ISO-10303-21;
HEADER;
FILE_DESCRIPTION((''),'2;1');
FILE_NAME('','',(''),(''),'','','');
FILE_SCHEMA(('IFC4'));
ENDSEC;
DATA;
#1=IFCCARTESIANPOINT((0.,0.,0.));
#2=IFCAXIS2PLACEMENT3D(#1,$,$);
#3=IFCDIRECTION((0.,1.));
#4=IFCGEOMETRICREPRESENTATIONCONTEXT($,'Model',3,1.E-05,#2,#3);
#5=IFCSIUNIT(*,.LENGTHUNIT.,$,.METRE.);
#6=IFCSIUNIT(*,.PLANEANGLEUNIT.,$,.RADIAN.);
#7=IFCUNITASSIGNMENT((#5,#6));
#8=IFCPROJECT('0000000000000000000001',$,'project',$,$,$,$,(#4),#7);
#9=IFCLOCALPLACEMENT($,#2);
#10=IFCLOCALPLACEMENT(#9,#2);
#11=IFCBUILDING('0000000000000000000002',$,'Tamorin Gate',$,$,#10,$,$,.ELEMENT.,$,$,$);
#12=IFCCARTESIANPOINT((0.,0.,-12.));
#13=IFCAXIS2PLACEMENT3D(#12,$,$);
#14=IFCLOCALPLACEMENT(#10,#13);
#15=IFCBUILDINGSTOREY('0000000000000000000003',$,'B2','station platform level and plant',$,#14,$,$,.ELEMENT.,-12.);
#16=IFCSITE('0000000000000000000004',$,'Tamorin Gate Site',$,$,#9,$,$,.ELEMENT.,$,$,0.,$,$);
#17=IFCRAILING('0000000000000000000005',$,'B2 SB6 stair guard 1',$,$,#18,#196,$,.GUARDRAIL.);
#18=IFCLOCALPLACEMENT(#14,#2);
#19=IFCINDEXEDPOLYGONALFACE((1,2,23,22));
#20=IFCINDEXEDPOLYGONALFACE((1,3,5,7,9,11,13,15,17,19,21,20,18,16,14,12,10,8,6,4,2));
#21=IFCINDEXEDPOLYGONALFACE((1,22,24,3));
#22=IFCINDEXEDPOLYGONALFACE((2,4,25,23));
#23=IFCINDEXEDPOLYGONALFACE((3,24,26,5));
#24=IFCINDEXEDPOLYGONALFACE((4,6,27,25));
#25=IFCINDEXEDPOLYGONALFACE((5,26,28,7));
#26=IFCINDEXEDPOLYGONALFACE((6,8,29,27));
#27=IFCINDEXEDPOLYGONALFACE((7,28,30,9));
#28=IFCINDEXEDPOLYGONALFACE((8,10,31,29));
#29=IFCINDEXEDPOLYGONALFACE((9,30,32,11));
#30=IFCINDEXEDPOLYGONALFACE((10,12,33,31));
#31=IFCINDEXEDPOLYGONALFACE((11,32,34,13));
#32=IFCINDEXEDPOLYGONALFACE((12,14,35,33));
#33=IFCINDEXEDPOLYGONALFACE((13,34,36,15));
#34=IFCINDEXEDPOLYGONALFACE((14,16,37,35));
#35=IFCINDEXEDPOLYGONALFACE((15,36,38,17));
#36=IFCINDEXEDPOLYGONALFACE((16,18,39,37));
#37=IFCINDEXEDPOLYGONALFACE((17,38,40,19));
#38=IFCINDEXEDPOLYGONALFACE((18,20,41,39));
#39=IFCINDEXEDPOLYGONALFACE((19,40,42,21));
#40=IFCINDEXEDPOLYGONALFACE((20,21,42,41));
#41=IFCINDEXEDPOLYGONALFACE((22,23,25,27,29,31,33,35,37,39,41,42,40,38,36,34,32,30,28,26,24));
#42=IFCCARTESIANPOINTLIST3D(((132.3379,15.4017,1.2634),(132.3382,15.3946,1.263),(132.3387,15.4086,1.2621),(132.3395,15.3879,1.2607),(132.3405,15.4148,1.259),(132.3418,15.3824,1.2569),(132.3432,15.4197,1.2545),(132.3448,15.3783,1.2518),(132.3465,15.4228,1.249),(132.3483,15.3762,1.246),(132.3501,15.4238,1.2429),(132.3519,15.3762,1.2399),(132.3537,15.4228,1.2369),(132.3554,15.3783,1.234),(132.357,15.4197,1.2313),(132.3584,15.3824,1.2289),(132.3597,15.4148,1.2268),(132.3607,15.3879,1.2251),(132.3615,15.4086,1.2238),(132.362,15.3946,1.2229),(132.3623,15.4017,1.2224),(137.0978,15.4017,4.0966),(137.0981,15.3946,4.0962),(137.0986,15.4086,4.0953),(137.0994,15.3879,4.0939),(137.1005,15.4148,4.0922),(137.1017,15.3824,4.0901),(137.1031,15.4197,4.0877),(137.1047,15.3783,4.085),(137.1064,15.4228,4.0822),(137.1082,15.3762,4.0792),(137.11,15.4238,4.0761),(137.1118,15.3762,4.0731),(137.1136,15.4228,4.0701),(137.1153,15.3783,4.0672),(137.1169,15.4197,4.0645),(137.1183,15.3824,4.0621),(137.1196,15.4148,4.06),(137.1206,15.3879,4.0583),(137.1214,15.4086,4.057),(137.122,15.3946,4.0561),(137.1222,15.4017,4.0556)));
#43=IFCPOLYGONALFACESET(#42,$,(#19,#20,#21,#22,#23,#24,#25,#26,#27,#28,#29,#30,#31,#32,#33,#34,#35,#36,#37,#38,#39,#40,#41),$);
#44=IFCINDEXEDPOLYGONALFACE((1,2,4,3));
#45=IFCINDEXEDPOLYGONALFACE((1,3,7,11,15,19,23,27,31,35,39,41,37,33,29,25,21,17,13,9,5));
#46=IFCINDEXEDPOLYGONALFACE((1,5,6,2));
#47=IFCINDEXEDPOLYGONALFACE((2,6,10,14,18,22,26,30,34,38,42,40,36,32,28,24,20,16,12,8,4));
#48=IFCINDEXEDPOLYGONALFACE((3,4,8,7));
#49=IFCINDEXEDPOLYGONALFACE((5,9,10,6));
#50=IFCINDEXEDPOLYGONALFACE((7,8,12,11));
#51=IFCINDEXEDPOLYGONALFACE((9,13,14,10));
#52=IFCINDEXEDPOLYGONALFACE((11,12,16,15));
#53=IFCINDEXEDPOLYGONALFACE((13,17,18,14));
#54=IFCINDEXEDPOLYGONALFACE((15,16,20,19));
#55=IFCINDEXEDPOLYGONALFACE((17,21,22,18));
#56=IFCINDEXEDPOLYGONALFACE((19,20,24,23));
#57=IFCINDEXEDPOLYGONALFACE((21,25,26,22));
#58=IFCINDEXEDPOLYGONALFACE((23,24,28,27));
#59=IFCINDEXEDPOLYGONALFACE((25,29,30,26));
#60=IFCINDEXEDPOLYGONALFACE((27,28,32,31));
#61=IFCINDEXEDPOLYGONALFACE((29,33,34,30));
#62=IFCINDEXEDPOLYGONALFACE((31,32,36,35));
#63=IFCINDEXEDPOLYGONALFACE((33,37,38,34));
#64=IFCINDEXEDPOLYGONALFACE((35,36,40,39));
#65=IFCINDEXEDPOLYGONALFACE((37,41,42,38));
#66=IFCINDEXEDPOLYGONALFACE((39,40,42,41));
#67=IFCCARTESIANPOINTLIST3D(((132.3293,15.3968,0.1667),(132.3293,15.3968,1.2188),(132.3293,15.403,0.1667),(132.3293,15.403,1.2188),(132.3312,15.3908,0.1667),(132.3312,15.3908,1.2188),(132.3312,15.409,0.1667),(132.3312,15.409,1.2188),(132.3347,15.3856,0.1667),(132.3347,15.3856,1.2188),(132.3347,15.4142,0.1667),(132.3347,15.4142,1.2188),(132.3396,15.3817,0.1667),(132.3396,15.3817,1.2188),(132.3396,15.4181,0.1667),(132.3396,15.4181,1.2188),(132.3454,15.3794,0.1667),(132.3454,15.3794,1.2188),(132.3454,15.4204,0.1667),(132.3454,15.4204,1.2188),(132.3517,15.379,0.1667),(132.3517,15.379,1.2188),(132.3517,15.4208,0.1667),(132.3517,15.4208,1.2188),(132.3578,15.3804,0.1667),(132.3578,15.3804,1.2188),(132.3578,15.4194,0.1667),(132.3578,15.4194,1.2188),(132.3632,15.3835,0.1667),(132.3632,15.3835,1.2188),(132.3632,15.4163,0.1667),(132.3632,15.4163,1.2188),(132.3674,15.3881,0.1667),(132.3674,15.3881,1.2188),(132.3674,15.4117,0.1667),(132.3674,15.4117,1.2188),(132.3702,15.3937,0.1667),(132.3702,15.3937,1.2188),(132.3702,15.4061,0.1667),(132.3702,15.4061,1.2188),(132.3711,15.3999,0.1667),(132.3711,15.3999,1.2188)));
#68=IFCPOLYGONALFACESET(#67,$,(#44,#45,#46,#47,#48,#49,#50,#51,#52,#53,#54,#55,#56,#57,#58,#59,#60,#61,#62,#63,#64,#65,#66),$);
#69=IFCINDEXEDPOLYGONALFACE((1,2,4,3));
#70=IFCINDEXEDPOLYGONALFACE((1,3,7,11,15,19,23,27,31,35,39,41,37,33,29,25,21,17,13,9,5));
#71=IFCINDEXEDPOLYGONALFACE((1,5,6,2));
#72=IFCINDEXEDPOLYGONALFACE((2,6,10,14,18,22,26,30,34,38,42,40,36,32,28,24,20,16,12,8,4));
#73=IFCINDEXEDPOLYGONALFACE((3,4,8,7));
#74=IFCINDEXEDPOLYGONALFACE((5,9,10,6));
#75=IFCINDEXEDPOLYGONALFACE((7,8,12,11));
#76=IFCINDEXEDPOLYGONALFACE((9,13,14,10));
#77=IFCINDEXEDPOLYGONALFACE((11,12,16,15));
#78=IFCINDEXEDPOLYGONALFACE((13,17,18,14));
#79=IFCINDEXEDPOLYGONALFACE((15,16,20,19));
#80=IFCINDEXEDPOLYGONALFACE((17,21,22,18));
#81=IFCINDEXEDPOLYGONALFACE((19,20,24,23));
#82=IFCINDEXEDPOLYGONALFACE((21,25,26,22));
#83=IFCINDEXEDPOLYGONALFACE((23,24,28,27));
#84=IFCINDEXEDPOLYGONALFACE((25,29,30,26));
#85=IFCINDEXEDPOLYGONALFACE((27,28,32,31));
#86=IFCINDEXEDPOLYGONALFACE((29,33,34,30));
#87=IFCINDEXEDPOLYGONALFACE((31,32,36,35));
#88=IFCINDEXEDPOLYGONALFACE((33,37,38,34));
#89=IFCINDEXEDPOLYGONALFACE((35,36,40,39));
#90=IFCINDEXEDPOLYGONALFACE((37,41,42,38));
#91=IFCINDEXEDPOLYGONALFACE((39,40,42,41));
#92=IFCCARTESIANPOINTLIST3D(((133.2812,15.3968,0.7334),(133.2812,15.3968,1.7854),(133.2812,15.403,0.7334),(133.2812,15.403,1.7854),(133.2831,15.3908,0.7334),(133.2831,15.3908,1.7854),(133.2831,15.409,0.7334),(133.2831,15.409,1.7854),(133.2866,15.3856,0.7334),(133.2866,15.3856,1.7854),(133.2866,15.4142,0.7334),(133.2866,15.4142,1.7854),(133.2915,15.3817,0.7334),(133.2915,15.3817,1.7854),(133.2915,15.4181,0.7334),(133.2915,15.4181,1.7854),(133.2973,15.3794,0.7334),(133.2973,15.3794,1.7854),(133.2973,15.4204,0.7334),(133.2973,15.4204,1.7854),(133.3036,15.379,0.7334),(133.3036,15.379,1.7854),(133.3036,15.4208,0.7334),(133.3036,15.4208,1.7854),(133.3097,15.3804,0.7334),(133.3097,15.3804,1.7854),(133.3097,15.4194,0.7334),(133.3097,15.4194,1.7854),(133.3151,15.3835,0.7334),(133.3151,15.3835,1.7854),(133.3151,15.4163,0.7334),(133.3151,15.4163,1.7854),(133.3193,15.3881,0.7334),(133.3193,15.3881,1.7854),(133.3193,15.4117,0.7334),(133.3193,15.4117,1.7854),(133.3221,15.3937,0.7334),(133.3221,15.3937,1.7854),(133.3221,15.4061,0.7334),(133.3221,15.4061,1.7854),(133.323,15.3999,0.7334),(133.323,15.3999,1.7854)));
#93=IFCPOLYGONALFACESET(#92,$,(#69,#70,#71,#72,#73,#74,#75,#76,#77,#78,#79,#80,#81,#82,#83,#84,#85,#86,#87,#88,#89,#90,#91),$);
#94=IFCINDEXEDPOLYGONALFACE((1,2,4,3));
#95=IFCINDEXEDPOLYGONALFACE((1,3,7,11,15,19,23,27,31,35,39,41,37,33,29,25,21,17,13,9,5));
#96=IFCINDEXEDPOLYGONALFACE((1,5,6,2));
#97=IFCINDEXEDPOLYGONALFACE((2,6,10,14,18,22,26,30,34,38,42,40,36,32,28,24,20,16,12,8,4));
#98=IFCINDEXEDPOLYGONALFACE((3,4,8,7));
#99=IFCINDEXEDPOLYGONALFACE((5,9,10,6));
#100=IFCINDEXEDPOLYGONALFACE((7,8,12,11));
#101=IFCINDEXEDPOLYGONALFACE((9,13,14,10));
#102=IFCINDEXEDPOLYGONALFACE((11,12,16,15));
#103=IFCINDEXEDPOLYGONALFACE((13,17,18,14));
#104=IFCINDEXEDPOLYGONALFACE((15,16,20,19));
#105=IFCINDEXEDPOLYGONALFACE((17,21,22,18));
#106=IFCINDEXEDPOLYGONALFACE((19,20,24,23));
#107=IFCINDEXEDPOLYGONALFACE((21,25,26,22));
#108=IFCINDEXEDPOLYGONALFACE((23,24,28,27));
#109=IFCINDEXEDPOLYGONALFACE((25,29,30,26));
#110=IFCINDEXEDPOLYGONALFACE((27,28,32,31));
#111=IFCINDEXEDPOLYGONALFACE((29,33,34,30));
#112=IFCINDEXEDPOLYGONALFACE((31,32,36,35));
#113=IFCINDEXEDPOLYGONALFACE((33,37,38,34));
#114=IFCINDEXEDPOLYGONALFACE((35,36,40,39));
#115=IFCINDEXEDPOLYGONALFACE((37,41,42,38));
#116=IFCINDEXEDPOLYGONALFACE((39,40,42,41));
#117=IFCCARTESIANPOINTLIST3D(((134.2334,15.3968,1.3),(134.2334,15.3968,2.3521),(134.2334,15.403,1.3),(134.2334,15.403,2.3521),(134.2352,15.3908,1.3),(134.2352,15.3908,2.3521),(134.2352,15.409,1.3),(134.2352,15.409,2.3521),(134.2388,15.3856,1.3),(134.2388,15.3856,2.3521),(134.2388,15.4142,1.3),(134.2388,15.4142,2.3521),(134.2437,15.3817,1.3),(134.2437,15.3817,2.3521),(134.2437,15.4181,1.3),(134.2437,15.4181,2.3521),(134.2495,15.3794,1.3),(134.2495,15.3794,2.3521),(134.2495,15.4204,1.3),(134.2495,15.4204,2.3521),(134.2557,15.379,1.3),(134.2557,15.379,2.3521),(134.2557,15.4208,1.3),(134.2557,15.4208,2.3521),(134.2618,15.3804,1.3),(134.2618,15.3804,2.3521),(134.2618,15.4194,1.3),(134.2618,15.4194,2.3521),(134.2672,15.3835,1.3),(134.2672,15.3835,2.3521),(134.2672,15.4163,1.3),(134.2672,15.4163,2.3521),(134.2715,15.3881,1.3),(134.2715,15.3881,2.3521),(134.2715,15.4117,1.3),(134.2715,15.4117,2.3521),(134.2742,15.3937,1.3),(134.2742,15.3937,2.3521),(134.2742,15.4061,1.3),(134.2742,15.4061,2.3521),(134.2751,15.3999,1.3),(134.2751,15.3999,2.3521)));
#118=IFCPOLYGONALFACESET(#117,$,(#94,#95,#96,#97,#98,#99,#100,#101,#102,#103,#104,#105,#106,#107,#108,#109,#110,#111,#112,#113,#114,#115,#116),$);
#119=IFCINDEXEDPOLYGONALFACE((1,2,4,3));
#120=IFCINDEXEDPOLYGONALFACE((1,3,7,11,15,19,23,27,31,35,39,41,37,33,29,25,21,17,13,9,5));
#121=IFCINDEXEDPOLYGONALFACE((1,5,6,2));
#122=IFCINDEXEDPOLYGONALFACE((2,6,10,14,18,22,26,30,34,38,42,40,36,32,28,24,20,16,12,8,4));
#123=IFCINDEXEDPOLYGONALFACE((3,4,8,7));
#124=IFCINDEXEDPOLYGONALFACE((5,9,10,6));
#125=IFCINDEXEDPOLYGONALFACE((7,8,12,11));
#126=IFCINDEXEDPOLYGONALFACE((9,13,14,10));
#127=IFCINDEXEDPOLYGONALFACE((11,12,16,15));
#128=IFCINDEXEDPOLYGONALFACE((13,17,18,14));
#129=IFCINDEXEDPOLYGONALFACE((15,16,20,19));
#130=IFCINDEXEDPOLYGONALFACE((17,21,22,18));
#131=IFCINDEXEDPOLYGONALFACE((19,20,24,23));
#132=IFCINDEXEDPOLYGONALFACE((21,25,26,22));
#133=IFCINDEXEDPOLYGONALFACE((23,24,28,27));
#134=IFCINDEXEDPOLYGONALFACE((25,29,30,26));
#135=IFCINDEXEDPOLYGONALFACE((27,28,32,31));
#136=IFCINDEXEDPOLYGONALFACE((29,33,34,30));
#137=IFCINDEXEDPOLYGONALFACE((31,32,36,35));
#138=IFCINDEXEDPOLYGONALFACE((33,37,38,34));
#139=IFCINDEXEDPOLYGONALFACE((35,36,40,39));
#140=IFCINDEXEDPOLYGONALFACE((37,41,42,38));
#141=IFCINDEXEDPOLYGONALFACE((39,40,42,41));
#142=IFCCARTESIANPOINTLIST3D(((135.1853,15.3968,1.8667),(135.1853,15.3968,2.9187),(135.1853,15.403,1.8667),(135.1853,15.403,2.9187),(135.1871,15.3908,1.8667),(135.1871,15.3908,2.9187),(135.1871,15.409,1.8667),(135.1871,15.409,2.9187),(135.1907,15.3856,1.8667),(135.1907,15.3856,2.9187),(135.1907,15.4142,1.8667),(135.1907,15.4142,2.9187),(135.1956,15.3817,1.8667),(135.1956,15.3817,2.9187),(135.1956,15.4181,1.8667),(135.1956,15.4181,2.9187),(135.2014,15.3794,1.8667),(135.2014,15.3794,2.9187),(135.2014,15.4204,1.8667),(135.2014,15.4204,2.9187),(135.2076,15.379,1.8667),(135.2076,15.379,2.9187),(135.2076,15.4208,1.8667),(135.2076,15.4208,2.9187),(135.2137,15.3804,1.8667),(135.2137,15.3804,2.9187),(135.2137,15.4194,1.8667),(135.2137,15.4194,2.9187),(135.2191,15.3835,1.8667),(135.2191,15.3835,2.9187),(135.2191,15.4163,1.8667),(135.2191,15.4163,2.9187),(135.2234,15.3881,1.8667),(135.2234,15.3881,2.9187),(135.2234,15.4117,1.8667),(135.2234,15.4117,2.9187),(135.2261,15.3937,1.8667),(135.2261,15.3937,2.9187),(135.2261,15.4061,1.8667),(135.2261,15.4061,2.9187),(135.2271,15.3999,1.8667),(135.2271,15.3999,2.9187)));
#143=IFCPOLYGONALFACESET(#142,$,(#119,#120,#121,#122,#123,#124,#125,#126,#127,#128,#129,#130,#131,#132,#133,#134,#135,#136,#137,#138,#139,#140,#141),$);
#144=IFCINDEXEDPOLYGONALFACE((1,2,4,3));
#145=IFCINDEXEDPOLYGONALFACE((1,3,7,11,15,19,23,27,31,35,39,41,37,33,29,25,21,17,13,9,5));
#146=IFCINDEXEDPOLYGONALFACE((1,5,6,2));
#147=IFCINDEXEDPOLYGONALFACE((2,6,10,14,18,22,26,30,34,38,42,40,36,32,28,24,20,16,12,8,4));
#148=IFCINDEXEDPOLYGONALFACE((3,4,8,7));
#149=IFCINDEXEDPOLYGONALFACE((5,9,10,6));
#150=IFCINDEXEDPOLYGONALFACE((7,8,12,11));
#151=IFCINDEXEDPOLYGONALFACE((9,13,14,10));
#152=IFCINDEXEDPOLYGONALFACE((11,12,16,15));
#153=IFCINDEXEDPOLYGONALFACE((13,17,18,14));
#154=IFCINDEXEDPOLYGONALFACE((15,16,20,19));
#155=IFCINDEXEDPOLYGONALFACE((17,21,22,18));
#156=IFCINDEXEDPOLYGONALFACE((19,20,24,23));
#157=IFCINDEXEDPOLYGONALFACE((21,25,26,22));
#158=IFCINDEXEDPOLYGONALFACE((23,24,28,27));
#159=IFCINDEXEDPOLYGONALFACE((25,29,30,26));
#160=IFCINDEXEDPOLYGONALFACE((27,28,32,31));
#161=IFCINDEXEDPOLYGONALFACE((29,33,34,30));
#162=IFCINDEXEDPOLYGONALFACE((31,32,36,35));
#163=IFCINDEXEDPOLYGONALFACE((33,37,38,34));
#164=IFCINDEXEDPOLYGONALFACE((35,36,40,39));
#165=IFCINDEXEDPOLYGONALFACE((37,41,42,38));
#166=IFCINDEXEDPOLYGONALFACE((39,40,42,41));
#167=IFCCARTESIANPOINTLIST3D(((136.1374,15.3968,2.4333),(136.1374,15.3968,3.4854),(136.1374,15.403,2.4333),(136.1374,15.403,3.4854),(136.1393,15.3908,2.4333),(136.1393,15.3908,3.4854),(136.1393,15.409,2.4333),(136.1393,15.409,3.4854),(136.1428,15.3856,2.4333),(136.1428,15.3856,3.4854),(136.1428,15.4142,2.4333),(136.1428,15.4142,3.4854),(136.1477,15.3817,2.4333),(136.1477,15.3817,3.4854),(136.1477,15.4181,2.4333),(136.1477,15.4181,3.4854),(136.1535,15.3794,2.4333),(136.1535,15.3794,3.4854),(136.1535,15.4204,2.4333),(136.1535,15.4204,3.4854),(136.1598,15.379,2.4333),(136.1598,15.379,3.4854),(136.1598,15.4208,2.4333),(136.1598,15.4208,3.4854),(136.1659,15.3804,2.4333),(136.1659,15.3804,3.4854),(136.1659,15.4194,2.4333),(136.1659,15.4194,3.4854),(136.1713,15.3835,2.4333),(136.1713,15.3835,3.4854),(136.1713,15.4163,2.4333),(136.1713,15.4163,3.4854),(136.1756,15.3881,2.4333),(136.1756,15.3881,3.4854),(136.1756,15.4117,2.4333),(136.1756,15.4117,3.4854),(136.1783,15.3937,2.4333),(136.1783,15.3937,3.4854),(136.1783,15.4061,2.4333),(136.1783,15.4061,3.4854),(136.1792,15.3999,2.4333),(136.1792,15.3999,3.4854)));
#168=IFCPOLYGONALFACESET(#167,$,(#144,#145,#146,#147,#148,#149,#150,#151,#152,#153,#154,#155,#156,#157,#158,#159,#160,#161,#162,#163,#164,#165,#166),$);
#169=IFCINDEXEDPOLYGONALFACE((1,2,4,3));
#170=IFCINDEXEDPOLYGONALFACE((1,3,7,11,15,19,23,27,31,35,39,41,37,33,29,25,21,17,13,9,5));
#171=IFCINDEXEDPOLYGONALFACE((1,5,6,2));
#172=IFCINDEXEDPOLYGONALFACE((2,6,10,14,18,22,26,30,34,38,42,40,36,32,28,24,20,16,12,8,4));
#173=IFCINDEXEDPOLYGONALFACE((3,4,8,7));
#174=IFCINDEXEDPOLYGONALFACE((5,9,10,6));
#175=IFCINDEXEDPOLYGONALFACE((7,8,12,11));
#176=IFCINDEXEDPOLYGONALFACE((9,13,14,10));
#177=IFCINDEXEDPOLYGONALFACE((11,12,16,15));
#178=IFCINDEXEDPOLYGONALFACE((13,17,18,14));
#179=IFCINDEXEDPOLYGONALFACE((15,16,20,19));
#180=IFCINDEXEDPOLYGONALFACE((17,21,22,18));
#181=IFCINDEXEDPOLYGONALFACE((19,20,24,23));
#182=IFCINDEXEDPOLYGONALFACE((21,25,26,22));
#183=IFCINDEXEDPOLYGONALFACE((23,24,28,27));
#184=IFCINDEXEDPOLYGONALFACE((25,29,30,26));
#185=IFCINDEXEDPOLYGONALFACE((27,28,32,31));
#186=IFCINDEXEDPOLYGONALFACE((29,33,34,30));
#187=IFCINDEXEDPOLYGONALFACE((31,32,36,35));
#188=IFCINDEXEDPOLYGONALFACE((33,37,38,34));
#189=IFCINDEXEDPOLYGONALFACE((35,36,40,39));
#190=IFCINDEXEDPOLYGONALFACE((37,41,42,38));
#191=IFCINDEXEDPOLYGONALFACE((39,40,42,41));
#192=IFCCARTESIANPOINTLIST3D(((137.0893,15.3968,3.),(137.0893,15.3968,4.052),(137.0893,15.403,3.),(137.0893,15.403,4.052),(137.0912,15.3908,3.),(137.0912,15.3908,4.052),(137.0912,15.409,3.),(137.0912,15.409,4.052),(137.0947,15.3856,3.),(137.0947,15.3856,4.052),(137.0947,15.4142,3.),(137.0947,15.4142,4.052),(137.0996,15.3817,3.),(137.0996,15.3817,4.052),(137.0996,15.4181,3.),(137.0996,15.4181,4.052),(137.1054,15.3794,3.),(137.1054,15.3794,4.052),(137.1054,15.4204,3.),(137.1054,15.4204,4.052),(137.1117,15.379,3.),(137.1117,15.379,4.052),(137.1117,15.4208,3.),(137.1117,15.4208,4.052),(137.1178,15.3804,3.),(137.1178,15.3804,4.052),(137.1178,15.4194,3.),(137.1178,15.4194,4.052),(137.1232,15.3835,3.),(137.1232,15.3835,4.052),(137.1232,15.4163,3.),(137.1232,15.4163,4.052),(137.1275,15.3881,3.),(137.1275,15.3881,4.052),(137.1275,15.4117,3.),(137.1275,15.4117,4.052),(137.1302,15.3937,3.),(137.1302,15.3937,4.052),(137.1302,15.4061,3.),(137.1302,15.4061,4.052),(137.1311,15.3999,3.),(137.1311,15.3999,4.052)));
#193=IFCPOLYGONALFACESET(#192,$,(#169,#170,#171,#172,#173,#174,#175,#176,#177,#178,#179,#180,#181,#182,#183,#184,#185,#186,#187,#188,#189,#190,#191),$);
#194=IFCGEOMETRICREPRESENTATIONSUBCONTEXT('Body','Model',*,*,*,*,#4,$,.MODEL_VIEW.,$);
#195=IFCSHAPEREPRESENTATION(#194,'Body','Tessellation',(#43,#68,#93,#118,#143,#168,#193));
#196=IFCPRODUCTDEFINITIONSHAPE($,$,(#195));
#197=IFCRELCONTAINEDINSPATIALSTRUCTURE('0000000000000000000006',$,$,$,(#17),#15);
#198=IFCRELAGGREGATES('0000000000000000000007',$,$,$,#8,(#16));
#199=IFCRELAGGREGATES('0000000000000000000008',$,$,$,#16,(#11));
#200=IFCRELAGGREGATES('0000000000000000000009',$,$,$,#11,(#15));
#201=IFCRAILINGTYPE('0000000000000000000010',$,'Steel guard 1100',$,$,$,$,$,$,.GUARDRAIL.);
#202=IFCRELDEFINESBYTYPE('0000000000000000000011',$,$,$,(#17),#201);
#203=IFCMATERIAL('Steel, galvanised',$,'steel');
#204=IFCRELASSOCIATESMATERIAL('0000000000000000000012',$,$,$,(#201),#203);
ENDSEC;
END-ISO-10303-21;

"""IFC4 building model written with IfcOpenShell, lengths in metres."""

from ifc_helpers import new_model, si_unit, direction, frame, origin, origin_2d, place, context, subcontext, project, spatial, circle, extrude, material, type_object, element, save


model = new_model("IFC4")

# Units and contexts
model_context = context("Model", 3, precision=1e-05, world=origin(), true_north=direction((0.0, 1.0)))
body_context = subcontext(model_context, "Body", "Model", "MODEL_VIEW")
ifc_project = project(units=[si_unit("LENGTHUNIT", "METRE"), si_unit("PLANEANGLEUNIT", "RADIAN")], contexts=[model_context])

# Site, building, storey
site_placement = place(None, origin())
site = spatial("IfcSite", under=ifc_project, at=site_placement, Name="Tamorin Gate Site", CompositionType="ELEMENT", RefElevation=0.0)
building_placement = place(site_placement, origin())
building = spatial("IfcBuilding", under=site, at=building_placement, Name="Tamorin Gate", CompositionType="ELEMENT")
storey_placement = place(building_placement, frame((0.0, 0.0, -12.0)))
storey = spatial("IfcBuildingStorey", under=building, at=storey_placement, Name="B2", Description="station platform level and plant", CompositionType="ELEMENT", Elevation=-12.0)

# Railing
ifc_material_1 = material(Name="Steel, galvanised", Category="steel")
railing_type_1 = type_object("IfcRailingType", Name="Steel guard 1100", PredefinedType="GUARDRAIL", material=ifc_material_1)
railing_1_placement = place(storey_placement, frame((132.3501, 15.3999, 0.1667)))
element("IfcRailing", 1, at=railing_1_placement, inside=storey, type_object=railing_type_1, Name="B2 SB6 stair guard 1", PredefinedType="GUARDRAIL", context=body_context, shape_type="SweptSolid", body=[
    extrude(circle(Radius=0.0239, at=origin_2d()), frame((0.0, 0.0, 1.0762), z_axis=(0.8593, 0.0, 0.511472), x_axis=(0.0, 1.0, 0.0)), (0.0, 0.0, 1.0), 5.5393),
    extrude(circle(Radius=0.021, at=origin_2d()), origin(), (0.0, 0.0, 1.0), 1.052),
    extrude(circle(Radius=0.021, at=origin_2d()), frame((0.9519, 0.0, 0.5667)), (0.0, 0.0, 1.0), 1.052),
    extrude(circle(Radius=0.021, at=origin_2d()), frame((1.9041, 0.0, 1.1333)), (0.0, 0.0, 1.0), 1.052),
    extrude(circle(Radius=0.021, at=origin_2d()), frame((2.856, 0.0, 1.7)), (0.0, 0.0, 1.0), 1.052),
    extrude(circle(Radius=0.021, at=origin_2d()), frame((3.8081, 0.0, 2.2666)), (0.0, 0.0, 1.0), 1.052),
    extrude(circle(Radius=0.021, at=origin_2d()), frame((4.76, 0.0, 2.8333)), (0.0, 0.0, 1.0), 1.052),
])

save(model, "model.ifc")
